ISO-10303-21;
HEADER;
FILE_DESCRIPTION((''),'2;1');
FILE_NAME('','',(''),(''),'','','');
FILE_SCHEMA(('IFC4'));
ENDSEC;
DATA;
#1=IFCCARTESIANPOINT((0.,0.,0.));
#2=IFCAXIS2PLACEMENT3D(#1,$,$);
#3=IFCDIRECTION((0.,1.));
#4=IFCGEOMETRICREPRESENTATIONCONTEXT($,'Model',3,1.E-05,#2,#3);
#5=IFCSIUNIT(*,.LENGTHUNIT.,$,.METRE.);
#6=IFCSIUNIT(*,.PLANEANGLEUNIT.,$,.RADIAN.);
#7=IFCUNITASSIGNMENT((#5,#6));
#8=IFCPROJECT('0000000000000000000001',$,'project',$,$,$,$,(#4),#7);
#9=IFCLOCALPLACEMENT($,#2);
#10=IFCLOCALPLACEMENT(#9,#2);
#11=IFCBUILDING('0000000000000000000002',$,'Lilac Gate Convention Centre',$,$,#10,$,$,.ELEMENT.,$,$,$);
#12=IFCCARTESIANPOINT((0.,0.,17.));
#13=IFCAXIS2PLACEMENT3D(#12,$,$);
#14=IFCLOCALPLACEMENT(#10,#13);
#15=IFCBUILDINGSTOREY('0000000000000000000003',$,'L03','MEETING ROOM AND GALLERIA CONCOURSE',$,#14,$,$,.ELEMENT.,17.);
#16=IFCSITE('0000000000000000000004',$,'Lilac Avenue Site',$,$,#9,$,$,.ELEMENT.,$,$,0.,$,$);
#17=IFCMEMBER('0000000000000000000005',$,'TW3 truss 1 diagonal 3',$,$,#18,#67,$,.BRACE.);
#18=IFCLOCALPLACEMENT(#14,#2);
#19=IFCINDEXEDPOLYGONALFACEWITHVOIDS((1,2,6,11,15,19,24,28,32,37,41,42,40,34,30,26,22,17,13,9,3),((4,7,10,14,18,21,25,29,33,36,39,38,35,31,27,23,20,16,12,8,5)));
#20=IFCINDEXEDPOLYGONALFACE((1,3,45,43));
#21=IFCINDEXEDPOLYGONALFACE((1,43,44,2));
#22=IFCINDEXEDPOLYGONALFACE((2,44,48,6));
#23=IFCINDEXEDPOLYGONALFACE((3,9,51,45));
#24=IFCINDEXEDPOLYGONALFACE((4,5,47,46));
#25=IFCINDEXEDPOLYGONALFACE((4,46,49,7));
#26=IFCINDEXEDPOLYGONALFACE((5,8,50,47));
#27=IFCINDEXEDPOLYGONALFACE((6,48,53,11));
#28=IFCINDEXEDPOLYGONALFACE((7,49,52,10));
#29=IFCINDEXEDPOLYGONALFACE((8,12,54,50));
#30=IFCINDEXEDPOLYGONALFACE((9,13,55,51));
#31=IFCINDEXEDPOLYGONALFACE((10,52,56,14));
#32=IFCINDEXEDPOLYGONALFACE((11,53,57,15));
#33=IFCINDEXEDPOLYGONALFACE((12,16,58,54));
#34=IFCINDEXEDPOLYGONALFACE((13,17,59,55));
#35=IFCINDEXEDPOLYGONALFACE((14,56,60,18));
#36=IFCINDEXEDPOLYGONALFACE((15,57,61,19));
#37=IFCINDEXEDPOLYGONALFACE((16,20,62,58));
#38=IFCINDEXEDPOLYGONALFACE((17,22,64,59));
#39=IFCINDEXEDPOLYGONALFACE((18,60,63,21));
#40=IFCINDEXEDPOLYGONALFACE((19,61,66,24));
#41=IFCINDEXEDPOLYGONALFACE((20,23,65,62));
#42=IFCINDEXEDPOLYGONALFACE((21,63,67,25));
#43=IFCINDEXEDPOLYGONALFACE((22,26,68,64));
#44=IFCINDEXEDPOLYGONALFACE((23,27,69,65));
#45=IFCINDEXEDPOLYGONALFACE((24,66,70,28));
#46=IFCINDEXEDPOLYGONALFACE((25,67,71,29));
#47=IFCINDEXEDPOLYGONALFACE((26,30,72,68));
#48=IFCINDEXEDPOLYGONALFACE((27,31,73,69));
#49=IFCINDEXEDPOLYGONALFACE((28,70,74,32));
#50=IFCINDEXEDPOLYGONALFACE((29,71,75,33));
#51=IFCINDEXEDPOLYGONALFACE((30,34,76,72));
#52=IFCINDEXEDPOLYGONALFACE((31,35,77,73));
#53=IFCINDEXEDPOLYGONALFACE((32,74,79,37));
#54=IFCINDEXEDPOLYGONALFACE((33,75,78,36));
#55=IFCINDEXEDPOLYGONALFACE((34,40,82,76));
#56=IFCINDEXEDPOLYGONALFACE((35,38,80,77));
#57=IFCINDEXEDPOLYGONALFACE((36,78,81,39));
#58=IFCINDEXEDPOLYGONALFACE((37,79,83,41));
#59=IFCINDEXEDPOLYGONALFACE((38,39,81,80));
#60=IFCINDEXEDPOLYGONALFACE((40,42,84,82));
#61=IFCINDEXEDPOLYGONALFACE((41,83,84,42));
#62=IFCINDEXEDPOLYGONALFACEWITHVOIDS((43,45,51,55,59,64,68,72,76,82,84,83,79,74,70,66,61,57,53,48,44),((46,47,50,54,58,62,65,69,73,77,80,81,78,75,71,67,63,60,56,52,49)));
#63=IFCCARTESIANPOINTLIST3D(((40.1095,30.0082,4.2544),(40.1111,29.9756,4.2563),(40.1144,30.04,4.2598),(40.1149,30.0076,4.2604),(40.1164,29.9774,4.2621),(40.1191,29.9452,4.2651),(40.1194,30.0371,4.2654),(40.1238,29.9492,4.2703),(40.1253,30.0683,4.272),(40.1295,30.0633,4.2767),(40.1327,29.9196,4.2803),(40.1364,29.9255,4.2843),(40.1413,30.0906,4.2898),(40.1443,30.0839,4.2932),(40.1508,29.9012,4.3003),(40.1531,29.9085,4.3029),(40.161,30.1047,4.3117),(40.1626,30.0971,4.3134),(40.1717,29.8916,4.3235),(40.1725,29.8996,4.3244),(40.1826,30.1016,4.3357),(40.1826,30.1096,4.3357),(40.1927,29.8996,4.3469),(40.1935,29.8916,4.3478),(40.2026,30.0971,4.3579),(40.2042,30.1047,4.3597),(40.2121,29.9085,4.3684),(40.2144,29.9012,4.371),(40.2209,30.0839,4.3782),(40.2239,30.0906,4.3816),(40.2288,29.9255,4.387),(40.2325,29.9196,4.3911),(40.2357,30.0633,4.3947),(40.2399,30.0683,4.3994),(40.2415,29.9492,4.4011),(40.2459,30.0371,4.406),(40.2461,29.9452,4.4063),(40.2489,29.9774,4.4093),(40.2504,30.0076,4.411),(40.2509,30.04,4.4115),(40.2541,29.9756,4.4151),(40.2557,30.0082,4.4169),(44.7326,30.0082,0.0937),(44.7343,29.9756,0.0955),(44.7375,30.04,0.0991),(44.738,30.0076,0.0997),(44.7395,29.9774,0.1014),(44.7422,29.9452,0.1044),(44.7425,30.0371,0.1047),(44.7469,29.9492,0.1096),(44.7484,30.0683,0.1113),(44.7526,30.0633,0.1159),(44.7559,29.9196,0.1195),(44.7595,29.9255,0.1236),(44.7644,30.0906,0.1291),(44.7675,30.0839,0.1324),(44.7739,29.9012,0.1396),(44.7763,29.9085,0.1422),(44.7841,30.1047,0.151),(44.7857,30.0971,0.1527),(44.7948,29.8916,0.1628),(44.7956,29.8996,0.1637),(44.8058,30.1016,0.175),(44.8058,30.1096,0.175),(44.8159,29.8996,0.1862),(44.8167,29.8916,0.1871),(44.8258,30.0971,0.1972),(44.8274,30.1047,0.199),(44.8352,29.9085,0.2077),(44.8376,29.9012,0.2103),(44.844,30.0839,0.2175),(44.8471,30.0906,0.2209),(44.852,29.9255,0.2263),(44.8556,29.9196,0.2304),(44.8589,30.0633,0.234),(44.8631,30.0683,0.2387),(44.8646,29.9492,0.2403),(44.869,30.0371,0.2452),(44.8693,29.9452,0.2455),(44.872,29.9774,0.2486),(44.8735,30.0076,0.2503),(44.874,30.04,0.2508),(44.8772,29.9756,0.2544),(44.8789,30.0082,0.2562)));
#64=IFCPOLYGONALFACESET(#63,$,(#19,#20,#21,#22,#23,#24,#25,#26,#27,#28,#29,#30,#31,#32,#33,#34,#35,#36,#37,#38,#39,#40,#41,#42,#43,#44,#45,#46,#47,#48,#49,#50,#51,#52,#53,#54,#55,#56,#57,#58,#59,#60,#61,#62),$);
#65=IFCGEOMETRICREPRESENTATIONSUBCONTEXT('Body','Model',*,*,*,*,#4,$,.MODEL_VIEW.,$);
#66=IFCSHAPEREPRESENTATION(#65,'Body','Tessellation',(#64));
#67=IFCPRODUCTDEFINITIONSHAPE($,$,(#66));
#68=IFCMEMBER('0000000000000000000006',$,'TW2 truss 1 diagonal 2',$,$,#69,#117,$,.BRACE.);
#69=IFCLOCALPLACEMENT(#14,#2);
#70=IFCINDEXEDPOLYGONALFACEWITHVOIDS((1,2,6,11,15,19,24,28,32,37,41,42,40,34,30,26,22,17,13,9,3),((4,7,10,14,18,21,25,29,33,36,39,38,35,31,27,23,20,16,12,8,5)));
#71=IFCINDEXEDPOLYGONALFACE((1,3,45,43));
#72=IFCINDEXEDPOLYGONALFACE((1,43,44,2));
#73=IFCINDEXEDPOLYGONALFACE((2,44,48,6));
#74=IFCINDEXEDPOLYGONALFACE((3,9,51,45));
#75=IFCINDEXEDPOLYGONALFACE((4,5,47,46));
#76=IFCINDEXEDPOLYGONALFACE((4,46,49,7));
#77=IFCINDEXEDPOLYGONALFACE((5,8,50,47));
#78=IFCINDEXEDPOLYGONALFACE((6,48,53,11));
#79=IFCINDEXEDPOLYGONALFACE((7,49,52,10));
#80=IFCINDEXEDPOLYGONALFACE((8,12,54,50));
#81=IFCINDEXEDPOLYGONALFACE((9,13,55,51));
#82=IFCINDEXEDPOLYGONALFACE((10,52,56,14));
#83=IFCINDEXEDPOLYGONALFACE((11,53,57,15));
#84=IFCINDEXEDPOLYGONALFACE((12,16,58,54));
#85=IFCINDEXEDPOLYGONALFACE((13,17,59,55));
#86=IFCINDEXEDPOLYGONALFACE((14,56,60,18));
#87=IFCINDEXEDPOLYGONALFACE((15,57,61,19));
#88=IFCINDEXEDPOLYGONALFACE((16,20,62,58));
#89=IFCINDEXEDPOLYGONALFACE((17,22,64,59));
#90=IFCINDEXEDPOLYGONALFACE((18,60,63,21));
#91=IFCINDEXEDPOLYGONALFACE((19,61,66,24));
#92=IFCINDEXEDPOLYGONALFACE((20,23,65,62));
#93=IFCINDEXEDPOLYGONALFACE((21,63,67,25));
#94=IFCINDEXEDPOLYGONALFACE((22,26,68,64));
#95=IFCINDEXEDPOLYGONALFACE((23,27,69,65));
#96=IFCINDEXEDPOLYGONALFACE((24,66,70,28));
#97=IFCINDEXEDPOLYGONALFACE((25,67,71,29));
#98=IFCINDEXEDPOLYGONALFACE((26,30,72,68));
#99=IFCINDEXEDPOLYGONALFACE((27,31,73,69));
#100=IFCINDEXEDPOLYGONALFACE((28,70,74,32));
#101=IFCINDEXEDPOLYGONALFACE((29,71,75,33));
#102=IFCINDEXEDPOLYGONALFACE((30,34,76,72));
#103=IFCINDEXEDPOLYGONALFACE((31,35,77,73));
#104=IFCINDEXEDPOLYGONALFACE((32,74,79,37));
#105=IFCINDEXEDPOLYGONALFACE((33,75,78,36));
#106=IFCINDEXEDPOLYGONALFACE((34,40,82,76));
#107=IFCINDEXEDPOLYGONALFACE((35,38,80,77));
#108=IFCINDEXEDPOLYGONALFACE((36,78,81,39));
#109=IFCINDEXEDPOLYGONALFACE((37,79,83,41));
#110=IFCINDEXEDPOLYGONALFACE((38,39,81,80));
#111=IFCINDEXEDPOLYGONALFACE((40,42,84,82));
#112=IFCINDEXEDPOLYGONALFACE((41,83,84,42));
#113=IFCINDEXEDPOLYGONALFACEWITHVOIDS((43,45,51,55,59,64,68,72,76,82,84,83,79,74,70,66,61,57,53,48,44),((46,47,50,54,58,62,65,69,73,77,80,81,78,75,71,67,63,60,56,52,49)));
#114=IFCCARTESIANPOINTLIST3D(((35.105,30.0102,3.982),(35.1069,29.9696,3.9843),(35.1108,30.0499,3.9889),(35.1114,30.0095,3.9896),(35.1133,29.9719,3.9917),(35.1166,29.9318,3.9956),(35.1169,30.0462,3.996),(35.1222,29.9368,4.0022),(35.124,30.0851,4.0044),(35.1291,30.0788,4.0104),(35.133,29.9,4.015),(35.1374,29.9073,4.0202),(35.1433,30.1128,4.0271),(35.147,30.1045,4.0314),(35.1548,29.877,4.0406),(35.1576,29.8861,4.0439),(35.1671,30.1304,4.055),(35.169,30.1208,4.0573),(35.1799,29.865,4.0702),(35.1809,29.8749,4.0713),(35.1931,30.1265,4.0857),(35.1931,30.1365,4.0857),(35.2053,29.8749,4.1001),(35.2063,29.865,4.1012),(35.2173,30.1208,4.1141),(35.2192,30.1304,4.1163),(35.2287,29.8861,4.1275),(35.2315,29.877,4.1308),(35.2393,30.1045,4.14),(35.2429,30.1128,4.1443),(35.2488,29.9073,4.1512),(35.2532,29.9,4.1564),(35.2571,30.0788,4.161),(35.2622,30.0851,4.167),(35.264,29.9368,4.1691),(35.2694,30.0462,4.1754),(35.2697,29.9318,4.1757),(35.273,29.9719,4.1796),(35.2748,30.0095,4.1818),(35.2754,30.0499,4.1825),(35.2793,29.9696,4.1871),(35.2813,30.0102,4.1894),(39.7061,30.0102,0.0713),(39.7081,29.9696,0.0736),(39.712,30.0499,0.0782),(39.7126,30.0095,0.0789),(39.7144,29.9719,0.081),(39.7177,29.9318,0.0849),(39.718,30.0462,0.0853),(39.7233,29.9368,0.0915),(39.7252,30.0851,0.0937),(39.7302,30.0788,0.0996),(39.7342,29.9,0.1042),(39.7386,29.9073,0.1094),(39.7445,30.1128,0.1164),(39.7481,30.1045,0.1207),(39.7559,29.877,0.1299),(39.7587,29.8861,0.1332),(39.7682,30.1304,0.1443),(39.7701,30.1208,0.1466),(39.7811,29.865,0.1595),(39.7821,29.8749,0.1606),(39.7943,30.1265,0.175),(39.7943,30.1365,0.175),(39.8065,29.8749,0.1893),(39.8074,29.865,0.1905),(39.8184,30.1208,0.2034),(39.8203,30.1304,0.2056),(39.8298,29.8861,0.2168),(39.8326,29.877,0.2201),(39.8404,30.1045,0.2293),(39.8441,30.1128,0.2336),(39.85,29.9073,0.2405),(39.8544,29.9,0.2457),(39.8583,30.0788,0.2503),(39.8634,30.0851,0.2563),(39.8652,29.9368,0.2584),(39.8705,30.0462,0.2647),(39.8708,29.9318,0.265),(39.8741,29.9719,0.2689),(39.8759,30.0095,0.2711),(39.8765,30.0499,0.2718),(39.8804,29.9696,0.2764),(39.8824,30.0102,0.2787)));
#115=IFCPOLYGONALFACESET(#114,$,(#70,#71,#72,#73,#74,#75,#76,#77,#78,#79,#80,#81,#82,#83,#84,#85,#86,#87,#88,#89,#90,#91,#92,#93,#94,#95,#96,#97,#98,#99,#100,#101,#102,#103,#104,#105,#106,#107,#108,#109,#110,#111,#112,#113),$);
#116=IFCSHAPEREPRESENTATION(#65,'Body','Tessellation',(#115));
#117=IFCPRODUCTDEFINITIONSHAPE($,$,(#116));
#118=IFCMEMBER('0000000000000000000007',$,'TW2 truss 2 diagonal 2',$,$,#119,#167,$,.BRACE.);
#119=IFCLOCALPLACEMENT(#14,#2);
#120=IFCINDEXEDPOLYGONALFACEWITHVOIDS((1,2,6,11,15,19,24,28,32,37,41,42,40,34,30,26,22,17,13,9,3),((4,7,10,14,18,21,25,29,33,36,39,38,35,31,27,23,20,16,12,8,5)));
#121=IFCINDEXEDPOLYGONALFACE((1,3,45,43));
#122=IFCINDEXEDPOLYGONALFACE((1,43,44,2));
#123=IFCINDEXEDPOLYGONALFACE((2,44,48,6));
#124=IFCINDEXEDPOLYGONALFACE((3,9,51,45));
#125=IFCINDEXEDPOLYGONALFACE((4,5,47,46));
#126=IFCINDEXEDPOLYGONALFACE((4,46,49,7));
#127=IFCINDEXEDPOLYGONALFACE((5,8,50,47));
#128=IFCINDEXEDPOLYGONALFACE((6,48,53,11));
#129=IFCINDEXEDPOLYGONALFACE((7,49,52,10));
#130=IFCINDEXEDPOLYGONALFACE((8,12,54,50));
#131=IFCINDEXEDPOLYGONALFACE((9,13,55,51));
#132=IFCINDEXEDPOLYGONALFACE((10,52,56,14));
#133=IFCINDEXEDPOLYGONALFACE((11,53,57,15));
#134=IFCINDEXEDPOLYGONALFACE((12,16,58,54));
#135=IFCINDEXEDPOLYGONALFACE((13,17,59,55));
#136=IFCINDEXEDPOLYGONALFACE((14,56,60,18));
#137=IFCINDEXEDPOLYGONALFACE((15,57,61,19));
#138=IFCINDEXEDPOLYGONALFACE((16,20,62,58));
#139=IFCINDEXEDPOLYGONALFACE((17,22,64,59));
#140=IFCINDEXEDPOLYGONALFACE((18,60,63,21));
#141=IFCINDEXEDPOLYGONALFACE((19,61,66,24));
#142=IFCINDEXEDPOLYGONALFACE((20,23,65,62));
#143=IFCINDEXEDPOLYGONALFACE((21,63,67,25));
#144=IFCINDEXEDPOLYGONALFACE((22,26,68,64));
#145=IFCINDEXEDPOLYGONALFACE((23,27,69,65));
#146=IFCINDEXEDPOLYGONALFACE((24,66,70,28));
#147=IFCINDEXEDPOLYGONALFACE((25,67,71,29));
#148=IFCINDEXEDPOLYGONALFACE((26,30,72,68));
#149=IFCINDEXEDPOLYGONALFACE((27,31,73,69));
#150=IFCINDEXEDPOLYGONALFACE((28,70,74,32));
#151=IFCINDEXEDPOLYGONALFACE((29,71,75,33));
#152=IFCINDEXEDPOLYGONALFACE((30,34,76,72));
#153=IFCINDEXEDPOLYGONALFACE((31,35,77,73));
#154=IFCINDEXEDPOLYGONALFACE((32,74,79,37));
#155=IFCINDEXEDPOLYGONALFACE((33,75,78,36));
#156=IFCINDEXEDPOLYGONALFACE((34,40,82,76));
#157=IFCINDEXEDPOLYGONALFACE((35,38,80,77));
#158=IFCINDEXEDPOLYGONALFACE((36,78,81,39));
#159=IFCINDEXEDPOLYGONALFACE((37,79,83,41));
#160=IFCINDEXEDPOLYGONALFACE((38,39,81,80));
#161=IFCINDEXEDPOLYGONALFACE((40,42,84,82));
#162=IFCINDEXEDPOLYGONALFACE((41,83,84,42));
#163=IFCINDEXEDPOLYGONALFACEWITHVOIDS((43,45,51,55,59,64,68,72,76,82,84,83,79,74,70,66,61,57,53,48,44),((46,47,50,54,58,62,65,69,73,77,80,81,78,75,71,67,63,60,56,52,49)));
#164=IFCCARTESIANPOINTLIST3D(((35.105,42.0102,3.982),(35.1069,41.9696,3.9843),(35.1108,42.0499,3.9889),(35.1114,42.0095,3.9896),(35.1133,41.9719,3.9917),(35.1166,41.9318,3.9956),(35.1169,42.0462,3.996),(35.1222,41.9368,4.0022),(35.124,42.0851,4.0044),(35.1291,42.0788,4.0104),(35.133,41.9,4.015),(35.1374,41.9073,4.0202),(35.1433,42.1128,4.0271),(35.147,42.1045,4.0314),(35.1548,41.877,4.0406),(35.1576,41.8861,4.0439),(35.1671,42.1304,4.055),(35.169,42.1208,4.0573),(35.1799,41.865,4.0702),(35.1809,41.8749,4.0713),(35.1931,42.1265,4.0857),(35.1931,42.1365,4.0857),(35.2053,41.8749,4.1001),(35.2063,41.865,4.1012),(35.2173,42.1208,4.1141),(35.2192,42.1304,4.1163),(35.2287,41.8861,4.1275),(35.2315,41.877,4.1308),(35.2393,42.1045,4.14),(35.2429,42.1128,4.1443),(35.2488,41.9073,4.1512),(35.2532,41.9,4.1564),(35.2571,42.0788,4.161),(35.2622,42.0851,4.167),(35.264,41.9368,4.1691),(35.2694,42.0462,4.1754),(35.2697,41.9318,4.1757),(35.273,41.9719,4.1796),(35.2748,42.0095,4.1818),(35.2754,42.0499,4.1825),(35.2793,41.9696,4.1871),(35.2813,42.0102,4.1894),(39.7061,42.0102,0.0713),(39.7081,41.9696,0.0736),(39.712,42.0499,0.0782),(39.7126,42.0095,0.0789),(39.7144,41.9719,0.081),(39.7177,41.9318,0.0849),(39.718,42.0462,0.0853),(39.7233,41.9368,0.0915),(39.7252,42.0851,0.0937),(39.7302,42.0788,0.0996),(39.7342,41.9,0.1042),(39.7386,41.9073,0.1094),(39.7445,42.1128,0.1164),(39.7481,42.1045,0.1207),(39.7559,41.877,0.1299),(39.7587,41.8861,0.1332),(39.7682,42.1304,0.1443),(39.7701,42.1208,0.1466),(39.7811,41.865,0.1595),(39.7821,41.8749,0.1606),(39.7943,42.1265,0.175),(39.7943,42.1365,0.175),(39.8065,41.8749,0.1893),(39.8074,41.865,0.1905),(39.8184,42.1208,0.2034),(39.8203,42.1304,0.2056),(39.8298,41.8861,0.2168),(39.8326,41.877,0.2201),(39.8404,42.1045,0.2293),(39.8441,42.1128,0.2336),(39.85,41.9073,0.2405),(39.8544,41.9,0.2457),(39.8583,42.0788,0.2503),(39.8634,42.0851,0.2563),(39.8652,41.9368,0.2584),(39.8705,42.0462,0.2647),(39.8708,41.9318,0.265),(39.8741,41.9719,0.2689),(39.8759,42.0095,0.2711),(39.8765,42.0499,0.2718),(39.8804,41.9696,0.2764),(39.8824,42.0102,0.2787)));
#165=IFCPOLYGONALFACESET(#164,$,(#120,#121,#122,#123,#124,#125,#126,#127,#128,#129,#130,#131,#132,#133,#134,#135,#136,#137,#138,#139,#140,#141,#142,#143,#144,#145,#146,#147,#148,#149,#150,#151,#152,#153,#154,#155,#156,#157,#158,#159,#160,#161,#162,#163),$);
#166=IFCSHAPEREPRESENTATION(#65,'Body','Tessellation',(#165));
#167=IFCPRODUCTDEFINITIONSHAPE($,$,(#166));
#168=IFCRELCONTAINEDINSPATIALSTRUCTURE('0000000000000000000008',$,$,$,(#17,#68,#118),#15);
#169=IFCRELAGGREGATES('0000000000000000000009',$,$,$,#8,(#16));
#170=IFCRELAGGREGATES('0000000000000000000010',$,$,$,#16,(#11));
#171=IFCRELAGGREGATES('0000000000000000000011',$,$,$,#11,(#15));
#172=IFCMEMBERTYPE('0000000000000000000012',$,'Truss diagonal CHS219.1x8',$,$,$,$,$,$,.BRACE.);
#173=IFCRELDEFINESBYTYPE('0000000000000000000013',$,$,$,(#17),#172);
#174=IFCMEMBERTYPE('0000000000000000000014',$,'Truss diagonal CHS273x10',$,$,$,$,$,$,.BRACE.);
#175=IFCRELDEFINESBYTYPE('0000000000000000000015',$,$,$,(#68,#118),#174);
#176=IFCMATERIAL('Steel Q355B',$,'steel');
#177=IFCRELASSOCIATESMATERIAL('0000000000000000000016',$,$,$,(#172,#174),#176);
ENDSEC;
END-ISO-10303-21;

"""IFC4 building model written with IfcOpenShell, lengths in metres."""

from ifc_helpers import new_model, si_unit, direction, frame, origin, origin_2d, place, context, subcontext, project, spatial, hollow_circle, extrude, material, material_profile, profile_set, type_object, element, save


model = new_model("IFC4")

# Units and contexts
model_context = context("Model", 3, precision=1e-05, world=origin(), true_north=direction((0.0, 1.0)))
body_context = subcontext(model_context, "Body", "Model", "MODEL_VIEW")
ifc_project = project(units=[si_unit("LENGTHUNIT", "METRE"), si_unit("PLANEANGLEUNIT", "RADIAN")], contexts=[model_context])

# Site, building, storey
site_placement = place(None, origin())
site = spatial("IfcSite", under=ifc_project, at=site_placement, Name="Lilac Avenue Site", CompositionType="ELEMENT", RefElevation=0.0)
building_placement = place(site_placement, origin())
building = spatial("IfcBuilding", under=site, at=building_placement, Name="Lilac Gate Convention Centre", CompositionType="ELEMENT")
storey_placement = place(building_placement, frame((0.0, 0.0, 17.0)))
storey = spatial("IfcBuildingStorey", under=building, at=storey_placement, Name="L03", Description="MEETING ROOM AND GALLERIA CONCOURSE", CompositionType="ELEMENT", Elevation=17.0)

# Members
ifc_material = material(Name="Steel Q355B", Category="steel")
ifc_material_profile_1 = material_profile(ifc_material, hollow_circle(Radius=0.1096, WallThickness=0.0081, at=origin_2d()), Name="CHS219.1x8")
ifc_profile_set_1 = profile_set([ifc_material_profile_1], Name="Steel Q355B")
member_type_1 = type_object("IfcMemberType", Name="Truss diagonal CHS219.1x8", PredefinedType="BRACE", material=ifc_profile_set_1)
member_1_placement = place(storey_placement, frame((40.1826, 30.0, 4.3357), z_axis=(0.743302, 0.0, -0.668956), x_axis=(0.0, 1.0, 0.0)))
element("IfcMember", 1, at=member_1_placement, inside=storey, type_object=member_type_1, Name="TW3 truss 1 diagonal 3", PredefinedType="BRACE", context=body_context, shape_type="SweptSolid", body=[
    extrude(hollow_circle(Radius=0.1096, WallThickness=0.0081, at=origin_2d()), origin(), (0.0, 0.0, 1.0), 6.2197),
])
ifc_material_profile_2 = material_profile(ifc_material, hollow_circle(Radius=0.1365, WallThickness=0.01, at=origin_2d()), Name="CHS273x10")
ifc_profile_set_2 = profile_set([ifc_material_profile_2], Name="Steel Q355B")
member_type_2 = type_object("IfcMemberType", Name="Truss diagonal CHS273x10", PredefinedType="BRACE", material=ifc_profile_set_2)
for number, where, z_axis, x_axis, name in (
    (2, (35.1931, 30.0, 4.0857), (0.761961, 0.0, -0.647623), (0.0, 1.0, 0.0), "TW2 truss 1 diagonal 2"),
    (3, (35.1931, 42.0, 4.0857), (0.761961, 0.0, -0.647623), (0.0, 1.0, 0.0), "TW2 truss 2 diagonal 2"),
):
    element("IfcMember", number, at=place(storey_placement, frame(where, z_axis=z_axis, x_axis=x_axis)), inside=storey, type_object=member_type_2, Name=name, PredefinedType="BRACE", context=body_context, shape_type="SweptSolid", body=[
        extrude(hollow_circle(Radius=0.1365, WallThickness=0.01, at=origin_2d()), origin(), (0.0, 0.0, 1.0), 6.0386),
    ])

save(model, "model.ifc")
